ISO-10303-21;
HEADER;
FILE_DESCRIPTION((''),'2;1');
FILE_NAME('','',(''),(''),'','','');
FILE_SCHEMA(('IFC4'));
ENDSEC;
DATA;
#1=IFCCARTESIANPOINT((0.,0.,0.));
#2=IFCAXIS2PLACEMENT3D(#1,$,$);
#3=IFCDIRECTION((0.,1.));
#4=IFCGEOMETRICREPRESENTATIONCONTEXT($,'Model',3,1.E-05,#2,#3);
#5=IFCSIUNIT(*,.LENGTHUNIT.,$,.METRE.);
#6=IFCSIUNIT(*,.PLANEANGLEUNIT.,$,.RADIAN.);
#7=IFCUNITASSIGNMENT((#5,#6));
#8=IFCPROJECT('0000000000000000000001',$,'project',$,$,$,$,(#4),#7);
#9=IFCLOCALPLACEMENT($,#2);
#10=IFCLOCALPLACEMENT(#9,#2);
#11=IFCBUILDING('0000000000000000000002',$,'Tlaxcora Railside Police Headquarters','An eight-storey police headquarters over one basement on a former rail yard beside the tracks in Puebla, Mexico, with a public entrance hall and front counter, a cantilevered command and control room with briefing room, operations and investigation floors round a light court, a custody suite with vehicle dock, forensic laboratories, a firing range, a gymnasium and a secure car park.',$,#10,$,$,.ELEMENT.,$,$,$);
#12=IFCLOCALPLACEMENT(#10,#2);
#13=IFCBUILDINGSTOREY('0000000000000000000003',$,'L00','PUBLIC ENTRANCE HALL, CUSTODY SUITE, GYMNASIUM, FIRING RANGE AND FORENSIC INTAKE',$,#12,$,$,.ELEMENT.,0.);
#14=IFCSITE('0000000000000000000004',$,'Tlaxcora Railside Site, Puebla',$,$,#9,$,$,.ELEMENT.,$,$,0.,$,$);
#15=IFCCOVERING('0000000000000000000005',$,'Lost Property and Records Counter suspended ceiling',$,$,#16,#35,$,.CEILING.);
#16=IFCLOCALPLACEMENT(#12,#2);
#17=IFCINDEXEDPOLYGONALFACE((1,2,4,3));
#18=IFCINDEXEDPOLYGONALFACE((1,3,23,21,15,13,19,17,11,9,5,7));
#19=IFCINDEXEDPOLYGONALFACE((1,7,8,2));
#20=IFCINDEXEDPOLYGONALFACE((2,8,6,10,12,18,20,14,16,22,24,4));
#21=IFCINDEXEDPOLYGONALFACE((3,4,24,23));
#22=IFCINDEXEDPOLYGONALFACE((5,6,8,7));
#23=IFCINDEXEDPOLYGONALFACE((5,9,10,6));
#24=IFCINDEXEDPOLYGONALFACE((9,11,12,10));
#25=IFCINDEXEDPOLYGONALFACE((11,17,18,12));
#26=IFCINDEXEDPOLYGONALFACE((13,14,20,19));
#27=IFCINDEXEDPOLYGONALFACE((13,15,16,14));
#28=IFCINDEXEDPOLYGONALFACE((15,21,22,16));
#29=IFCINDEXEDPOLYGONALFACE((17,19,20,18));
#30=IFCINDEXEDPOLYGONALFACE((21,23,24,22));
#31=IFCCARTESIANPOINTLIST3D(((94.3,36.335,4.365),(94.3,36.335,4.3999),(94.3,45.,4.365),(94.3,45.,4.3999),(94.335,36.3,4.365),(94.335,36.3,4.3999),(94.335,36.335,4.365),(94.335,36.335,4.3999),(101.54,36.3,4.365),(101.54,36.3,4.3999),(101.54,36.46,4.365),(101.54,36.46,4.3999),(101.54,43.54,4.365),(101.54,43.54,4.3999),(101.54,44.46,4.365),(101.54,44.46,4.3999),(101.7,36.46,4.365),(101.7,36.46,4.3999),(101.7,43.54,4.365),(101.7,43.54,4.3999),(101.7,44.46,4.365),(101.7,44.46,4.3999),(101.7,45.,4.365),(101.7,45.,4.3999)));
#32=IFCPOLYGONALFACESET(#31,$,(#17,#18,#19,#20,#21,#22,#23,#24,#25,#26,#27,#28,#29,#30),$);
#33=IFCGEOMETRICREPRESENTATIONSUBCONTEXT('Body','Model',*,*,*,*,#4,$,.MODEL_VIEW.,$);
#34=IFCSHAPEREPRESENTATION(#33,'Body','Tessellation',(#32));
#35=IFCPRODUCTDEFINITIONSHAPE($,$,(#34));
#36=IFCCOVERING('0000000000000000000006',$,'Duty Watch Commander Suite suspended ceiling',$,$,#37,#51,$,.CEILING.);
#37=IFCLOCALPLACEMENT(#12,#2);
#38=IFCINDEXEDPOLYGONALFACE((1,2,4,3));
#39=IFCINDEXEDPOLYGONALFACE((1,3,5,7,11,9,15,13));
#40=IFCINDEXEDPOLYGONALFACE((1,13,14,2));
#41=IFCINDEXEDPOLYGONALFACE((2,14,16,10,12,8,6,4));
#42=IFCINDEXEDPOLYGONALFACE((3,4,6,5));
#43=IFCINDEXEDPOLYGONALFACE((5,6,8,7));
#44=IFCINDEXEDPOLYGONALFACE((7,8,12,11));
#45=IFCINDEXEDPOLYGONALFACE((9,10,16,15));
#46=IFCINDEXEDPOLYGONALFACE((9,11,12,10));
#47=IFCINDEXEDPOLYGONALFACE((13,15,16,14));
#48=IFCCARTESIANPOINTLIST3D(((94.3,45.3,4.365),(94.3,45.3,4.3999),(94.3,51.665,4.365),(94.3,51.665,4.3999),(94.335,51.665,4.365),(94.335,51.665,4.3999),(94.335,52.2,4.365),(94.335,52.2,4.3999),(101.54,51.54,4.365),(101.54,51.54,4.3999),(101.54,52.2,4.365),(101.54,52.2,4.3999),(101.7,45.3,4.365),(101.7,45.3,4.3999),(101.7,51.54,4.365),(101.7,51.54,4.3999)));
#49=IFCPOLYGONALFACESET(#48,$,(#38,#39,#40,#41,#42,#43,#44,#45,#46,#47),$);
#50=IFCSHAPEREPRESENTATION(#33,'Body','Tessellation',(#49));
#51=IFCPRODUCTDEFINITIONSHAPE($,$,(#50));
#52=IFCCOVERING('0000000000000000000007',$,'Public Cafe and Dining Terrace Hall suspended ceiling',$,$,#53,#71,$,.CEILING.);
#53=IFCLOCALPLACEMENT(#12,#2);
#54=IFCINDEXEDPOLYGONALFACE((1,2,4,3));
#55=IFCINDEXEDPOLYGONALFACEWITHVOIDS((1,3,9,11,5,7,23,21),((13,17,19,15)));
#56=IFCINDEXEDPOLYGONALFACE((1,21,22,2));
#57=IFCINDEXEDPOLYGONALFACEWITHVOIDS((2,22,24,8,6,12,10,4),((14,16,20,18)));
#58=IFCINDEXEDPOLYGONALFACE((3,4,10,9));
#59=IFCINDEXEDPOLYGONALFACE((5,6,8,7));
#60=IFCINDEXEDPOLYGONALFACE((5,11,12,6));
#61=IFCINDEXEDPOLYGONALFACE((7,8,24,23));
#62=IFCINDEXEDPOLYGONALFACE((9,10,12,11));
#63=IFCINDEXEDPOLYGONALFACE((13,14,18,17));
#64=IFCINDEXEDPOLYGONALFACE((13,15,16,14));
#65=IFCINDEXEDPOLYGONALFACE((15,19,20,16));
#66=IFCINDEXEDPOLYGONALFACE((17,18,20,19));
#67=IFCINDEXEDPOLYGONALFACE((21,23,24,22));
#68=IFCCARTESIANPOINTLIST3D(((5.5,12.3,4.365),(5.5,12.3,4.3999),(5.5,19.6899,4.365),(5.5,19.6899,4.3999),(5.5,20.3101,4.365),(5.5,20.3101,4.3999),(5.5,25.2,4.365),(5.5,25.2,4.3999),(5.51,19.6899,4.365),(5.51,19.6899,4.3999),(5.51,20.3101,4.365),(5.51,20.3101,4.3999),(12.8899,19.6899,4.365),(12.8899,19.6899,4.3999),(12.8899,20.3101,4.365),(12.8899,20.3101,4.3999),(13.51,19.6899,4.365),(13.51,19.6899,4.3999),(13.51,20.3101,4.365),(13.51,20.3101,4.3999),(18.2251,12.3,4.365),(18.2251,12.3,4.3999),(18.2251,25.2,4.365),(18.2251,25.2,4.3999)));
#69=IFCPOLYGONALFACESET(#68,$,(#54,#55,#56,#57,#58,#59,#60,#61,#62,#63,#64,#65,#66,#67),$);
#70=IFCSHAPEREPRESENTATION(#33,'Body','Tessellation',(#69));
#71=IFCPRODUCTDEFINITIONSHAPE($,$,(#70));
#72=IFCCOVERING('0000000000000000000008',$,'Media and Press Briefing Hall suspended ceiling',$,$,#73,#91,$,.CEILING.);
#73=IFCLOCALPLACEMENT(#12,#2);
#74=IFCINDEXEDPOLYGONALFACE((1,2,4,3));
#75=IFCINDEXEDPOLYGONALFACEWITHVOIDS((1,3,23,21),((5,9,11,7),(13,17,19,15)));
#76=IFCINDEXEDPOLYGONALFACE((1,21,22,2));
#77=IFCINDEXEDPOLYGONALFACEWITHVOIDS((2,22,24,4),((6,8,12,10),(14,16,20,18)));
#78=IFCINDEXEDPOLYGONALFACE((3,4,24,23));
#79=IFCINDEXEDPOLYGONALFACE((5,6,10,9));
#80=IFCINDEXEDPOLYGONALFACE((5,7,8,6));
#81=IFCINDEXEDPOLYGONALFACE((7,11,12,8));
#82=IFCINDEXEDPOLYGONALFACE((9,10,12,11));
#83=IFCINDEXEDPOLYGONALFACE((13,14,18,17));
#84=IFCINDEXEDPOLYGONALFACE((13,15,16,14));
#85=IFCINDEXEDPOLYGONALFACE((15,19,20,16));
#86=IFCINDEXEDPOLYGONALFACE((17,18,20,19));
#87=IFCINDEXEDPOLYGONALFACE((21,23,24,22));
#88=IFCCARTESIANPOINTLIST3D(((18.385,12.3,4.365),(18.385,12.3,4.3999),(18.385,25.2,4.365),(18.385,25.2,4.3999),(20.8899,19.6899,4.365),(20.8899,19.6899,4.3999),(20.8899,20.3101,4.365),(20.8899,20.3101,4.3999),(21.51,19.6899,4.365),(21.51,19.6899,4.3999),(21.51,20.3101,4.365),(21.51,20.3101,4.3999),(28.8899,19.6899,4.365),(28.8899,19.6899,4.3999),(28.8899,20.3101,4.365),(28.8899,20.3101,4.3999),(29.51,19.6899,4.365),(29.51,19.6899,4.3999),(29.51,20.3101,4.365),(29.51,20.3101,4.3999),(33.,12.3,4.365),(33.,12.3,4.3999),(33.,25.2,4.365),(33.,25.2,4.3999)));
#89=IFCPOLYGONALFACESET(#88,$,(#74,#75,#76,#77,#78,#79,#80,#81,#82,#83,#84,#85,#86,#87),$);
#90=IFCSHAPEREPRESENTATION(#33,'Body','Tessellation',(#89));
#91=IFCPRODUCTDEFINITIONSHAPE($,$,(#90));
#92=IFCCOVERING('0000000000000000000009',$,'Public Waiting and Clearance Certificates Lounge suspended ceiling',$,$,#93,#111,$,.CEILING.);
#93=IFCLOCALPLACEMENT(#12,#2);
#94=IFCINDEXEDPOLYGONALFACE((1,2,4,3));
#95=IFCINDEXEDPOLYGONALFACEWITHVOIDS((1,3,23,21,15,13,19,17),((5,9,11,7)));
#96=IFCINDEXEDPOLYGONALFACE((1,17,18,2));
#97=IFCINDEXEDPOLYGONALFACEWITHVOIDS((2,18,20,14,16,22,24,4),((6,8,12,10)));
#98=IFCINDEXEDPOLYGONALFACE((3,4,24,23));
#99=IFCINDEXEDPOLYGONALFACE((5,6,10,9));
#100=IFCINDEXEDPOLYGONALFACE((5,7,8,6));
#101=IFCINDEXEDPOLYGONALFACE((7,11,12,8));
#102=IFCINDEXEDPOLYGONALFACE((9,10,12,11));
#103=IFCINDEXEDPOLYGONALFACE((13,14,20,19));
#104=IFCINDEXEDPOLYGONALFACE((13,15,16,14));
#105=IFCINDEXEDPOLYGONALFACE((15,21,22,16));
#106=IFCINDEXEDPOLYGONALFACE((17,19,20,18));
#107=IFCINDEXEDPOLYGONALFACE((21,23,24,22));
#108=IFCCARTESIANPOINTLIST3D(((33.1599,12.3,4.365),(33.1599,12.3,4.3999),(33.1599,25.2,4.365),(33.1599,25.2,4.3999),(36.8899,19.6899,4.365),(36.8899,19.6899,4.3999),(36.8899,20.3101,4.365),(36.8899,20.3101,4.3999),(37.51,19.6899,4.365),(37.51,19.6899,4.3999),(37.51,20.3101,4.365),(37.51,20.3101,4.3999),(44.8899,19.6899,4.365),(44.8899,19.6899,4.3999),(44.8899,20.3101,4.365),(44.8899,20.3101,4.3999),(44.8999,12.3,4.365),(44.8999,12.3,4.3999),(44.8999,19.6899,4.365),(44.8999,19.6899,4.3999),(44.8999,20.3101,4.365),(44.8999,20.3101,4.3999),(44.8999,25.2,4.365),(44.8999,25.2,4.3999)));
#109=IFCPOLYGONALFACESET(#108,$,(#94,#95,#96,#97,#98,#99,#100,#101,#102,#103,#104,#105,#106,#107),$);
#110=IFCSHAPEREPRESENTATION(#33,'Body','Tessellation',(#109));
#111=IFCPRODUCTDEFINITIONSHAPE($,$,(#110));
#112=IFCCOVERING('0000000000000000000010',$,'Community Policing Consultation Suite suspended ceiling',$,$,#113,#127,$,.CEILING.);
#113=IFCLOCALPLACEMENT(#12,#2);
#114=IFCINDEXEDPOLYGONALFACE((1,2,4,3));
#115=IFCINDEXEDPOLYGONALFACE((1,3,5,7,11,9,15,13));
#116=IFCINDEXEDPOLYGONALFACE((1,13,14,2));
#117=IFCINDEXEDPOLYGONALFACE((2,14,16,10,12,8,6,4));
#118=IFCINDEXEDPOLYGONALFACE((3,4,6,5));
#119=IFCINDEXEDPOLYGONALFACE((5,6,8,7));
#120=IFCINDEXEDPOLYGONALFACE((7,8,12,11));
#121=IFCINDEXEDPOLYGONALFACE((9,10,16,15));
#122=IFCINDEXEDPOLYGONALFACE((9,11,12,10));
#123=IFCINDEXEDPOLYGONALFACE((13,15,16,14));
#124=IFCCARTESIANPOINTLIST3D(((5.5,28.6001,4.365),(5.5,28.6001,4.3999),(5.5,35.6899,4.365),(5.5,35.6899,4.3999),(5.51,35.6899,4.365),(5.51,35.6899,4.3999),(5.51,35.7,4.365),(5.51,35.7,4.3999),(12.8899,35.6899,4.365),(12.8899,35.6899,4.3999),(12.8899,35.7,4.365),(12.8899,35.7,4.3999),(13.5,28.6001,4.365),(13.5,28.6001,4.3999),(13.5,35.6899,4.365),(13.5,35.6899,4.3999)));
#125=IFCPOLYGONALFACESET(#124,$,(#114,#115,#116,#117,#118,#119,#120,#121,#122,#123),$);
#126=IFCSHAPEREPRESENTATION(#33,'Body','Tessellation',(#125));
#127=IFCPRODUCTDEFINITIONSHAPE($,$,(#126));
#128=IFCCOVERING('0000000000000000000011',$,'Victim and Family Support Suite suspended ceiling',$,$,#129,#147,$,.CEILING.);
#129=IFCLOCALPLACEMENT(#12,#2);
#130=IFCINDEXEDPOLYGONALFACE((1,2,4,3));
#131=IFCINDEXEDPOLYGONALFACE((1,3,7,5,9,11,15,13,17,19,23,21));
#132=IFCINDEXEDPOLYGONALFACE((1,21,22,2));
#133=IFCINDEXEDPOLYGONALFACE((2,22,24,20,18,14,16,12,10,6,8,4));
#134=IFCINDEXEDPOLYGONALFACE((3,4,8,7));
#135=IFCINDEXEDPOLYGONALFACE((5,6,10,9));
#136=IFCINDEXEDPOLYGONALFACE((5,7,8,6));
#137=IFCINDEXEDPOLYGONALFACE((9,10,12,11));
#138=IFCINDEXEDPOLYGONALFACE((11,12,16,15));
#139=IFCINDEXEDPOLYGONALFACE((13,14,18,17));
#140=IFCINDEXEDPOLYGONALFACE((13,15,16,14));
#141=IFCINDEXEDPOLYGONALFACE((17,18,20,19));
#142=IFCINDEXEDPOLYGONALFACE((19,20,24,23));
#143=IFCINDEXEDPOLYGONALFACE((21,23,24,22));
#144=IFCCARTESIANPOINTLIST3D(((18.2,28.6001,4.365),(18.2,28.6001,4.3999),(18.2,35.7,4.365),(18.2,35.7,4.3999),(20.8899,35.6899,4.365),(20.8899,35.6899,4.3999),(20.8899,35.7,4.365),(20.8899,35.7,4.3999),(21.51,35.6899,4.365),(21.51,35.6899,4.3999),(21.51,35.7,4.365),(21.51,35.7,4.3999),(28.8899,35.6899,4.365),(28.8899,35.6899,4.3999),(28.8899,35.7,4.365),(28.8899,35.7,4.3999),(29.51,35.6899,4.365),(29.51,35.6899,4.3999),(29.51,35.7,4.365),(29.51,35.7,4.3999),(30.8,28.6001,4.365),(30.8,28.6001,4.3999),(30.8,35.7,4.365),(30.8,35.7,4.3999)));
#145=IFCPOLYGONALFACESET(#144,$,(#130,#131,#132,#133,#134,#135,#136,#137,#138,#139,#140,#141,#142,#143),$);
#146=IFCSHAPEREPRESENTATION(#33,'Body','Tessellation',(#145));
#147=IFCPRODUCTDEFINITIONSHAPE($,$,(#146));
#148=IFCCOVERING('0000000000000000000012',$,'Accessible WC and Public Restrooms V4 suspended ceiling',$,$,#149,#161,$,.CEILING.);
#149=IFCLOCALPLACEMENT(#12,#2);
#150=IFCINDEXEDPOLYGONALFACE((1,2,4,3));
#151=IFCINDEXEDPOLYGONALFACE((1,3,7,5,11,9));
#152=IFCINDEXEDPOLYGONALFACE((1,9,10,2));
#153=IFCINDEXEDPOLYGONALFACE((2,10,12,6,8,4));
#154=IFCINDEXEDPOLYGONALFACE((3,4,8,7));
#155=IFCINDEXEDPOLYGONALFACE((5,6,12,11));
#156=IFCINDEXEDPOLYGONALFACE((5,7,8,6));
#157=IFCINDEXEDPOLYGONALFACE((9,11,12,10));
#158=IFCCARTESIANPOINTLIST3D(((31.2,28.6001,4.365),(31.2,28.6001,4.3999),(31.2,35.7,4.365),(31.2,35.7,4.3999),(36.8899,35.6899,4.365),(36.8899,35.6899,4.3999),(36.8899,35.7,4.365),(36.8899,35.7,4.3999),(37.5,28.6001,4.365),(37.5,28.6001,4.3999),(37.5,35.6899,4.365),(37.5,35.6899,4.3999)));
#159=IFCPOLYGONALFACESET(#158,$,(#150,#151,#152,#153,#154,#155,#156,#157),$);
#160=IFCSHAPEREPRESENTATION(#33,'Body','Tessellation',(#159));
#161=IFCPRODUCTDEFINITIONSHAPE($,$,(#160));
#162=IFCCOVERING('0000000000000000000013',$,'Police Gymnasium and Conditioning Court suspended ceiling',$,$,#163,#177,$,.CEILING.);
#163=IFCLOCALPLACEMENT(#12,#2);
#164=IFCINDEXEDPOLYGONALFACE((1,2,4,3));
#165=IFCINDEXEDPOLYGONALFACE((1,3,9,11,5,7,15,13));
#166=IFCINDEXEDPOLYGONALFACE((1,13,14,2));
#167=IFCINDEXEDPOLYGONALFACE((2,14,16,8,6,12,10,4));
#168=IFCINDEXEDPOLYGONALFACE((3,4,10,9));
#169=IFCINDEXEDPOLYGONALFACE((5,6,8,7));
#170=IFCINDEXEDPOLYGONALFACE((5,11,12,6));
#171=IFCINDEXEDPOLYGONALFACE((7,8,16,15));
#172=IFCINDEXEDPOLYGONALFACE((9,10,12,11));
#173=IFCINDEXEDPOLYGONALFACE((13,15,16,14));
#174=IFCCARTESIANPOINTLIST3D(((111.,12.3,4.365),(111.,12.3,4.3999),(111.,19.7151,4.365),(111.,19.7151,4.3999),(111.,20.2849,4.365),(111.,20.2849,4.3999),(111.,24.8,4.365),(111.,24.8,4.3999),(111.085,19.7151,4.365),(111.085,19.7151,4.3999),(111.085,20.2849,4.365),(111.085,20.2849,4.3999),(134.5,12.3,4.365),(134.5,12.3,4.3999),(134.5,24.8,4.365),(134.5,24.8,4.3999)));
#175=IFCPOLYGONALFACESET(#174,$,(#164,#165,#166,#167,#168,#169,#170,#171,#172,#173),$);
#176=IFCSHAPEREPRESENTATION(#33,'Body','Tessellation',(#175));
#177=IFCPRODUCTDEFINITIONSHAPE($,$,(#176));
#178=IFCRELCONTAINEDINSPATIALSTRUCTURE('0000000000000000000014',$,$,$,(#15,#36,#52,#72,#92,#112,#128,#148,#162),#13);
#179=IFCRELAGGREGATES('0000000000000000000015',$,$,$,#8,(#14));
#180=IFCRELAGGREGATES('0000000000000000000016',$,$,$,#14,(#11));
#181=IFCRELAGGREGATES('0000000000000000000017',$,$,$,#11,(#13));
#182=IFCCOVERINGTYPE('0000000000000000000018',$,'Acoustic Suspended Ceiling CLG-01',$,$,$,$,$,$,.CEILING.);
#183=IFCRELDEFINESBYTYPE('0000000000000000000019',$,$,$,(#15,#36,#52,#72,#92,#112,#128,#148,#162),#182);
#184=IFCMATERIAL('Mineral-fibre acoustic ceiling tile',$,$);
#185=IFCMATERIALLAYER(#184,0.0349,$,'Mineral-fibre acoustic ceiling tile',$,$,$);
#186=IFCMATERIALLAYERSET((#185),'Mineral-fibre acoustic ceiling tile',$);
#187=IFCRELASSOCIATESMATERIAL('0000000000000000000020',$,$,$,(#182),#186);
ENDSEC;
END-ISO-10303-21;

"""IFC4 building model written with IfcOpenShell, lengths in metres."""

from ifc_helpers import new_model, si_unit, direction, frame, origin, place, context, subcontext, project, spatial, polyline, outline, extrude, material, layer, layer_set, type_object, element, save


model = new_model("IFC4")

# Units and contexts
model_context = context("Model", 3, precision=1e-05, world=origin(), true_north=direction((0.0, 1.0)))
body_context = subcontext(model_context, "Body", "Model", "MODEL_VIEW")
ifc_project = project(units=[si_unit("LENGTHUNIT", "METRE"), si_unit("PLANEANGLEUNIT", "RADIAN")], contexts=[model_context])

# Site, building, storey
site_placement = place(None, origin())
site = spatial("IfcSite", under=ifc_project, at=site_placement, Name="Tlaxcora Railside Site, Puebla", CompositionType="ELEMENT", RefElevation=0.0)
building_placement = place(site_placement, origin())
building = spatial("IfcBuilding", under=site, at=building_placement, Name="Tlaxcora Railside Police Headquarters", Description="An eight-storey police headquarters over one basement on a former rail yard beside the tracks in Puebla, Mexico, with a public entrance hall and front counter, a cantilevered command and control room with briefing room, operations and investigation floors round a light court, a custody suite with vehicle dock, forensic laboratories, a firing range, a gymnasium and a secure car park.", CompositionType="ELEMENT")
storey_placement = place(building_placement, origin())
storey = spatial("IfcBuildingStorey", under=building, at=storey_placement, Name="L00", Description="PUBLIC ENTRANCE HALL, CUSTODY SUITE, GYMNASIUM, FIRING RANGE AND FORENSIC INTAKE", CompositionType="ELEMENT", Elevation=0.0)

# Coverings
ifc_material_1 = material(Name="Mineral-fibre acoustic ceiling tile")
ifc_layer_1 = layer(ifc_material_1, 0.0349, Name="Mineral-fibre acoustic ceiling tile")
ifc_layer_set_1 = layer_set([ifc_layer_1], Name="Mineral-fibre acoustic ceiling tile")
covering_type_1 = type_object("IfcCoveringType", Name="Acoustic Suspended Ceiling CLG-01", PredefinedType="CEILING", material=ifc_layer_set_1)
covering_1_placement = place(storey_placement, frame((0.0, 0.0, 4.365)))
element("IfcCovering", 1, at=covering_1_placement, inside=storey, type_object=covering_type_1, Name="Lost Property and Records Counter suspended ceiling", PredefinedType="CEILING", context=body_context, shape_type="SweptSolid", body=[
    extrude(outline(polyline([(101.7, 45.0), (94.3, 45.0), (94.3, 36.335), (94.335, 36.335), (94.335, 36.3), (101.54, 36.3), (101.54, 36.46), (101.7, 36.46), (101.7, 43.54), (101.54, 43.54), (101.54, 44.46), (101.7, 44.46), (101.7, 45.0)])), origin(), (0.0, 0.0, 1.0), 0.0349),
])
covering_2_placement = place(storey_placement, frame((0.0, 0.0, 4.365)))
element("IfcCovering", 2, at=covering_2_placement, inside=storey, type_object=covering_type_1, Name="Duty Watch Commander Suite suspended ceiling", PredefinedType="CEILING", context=body_context, shape_type="SweptSolid", body=[
    extrude(outline(polyline([(94.3, 51.665), (94.3, 45.3), (101.7, 45.3), (101.7, 51.54), (101.54, 51.54), (101.54, 52.2), (94.335, 52.2), (94.335, 51.665), (94.3, 51.665)])), origin(), (0.0, 0.0, 1.0), 0.0349),
])
covering_3_placement = place(storey_placement, frame((0.0, 0.0, 4.365)))
element("IfcCovering", 3, at=covering_3_placement, inside=storey, type_object=covering_type_1, Name="Public Cafe and Dining Terrace Hall suspended ceiling", PredefinedType="CEILING", context=body_context, shape_type="SweptSolid", body=[
    extrude(outline(polyline([(5.5, 19.6899), (5.5, 12.3), (18.2251, 12.3), (18.2251, 25.2), (5.5, 25.2), (5.5, 20.3101), (5.51, 20.3101), (5.51, 19.6899), (5.5, 19.6899)]), holes=[polyline([(13.51, 19.6899), (12.8899, 19.6899), (12.8899, 20.3101), (13.51, 20.3101), (13.51, 19.6899)])]), origin(), (0.0, 0.0, 1.0), 0.0349),
])
covering_4_placement = place(storey_placement, frame((0.0, 0.0, 4.365)))
element("IfcCovering", 4, at=covering_4_placement, inside=storey, type_object=covering_type_1, Name="Media and Press Briefing Hall suspended ceiling", PredefinedType="CEILING", context=body_context, shape_type="SweptSolid", body=[
    extrude(outline(polyline([(18.385, 25.2), (18.385, 12.3), (33.0, 12.3), (33.0, 25.2), (18.385, 25.2)]), holes=[polyline([(21.51, 20.3101), (21.51, 19.6899), (20.8899, 19.6899), (20.8899, 20.3101), (21.51, 20.3101)]), polyline([(29.51, 19.6899), (28.8899, 19.6899), (28.8899, 20.3101), (29.51, 20.3101), (29.51, 19.6899)])]), origin(), (0.0, 0.0, 1.0), 0.0349),
])
covering_5_placement = place(storey_placement, frame((0.0, 0.0, 4.365)))
element("IfcCovering", 5, at=covering_5_placement, inside=storey, type_object=covering_type_1, Name="Public Waiting and Clearance Certificates Lounge suspended ceiling", PredefinedType="CEILING", context=body_context, shape_type="SweptSolid", body=[
    extrude(outline(polyline([(33.1599, 25.2), (33.1599, 12.3), (44.8999, 12.3), (44.8999, 19.6899), (44.8899, 19.6899), (44.8899, 20.3101), (44.8999, 20.3101), (44.8999, 25.2), (33.1599, 25.2)]), holes=[polyline([(37.51, 20.3101), (37.51, 19.6899), (36.8899, 19.6899), (36.8899, 20.3101), (37.51, 20.3101)])]), origin(), (0.0, 0.0, 1.0), 0.0349),
])
covering_6_placement = place(storey_placement, frame((0.0, 0.0, 4.365)))
element("IfcCovering", 6, at=covering_6_placement, inside=storey, type_object=covering_type_1, Name="Community Policing Consultation Suite suspended ceiling", PredefinedType="CEILING", context=body_context, shape_type="SweptSolid", body=[
    extrude(outline(polyline([(5.5, 35.6899), (5.5, 28.6001), (13.5, 28.6001), (13.5, 35.6899), (12.8899, 35.6899), (12.8899, 35.7), (5.51, 35.7), (5.51, 35.6899), (5.5, 35.6899)])), origin(), (0.0, 0.0, 1.0), 0.0349),
])
covering_7_placement = place(storey_placement, frame((0.0, 0.0, 4.365)))
element("IfcCovering", 7, at=covering_7_placement, inside=storey, type_object=covering_type_1, Name="Victim and Family Support Suite suspended ceiling", PredefinedType="CEILING", context=body_context, shape_type="SweptSolid", body=[
    extrude(outline(polyline([(18.2, 35.7), (18.2, 28.6001), (30.8, 28.6001), (30.8, 35.7), (29.51, 35.7), (29.51, 35.6899), (28.8899, 35.6899), (28.8899, 35.7), (21.51, 35.7), (21.51, 35.6899), (20.8899, 35.6899), (20.8899, 35.7), (18.2, 35.7)])), origin(), (0.0, 0.0, 1.0), 0.0349),
])
covering_8_placement = place(storey_placement, frame((0.0, 0.0, 4.365)))
element("IfcCovering", 8, at=covering_8_placement, inside=storey, type_object=covering_type_1, Name="Accessible WC and Public Restrooms V4 suspended ceiling", PredefinedType="CEILING", context=body_context, shape_type="SweptSolid", body=[
    extrude(outline(polyline([(31.2, 28.6001), (37.5, 28.6001), (37.5, 35.6899), (36.8899, 35.6899), (36.8899, 35.7), (31.2, 35.7), (31.2, 28.6001)])), origin(), (0.0, 0.0, 1.0), 0.0349),
])
covering_9_placement = place(storey_placement, frame((0.0, 0.0, 4.365)))
element("IfcCovering", 9, at=covering_9_placement, inside=storey, type_object=covering_type_1, Name="Police Gymnasium and Conditioning Court suspended ceiling", PredefinedType="CEILING", context=body_context, shape_type="SweptSolid", body=[
    extrude(outline(polyline([(111.0, 12.3), (134.5, 12.3), (134.5, 24.8), (111.0, 24.8), (111.0, 20.2849), (111.085, 20.2849), (111.085, 19.7151), (111.0, 19.7151), (111.0, 12.3)])), origin(), (0.0, 0.0, 1.0), 0.0349),
])

save(model, "model.ifc")
